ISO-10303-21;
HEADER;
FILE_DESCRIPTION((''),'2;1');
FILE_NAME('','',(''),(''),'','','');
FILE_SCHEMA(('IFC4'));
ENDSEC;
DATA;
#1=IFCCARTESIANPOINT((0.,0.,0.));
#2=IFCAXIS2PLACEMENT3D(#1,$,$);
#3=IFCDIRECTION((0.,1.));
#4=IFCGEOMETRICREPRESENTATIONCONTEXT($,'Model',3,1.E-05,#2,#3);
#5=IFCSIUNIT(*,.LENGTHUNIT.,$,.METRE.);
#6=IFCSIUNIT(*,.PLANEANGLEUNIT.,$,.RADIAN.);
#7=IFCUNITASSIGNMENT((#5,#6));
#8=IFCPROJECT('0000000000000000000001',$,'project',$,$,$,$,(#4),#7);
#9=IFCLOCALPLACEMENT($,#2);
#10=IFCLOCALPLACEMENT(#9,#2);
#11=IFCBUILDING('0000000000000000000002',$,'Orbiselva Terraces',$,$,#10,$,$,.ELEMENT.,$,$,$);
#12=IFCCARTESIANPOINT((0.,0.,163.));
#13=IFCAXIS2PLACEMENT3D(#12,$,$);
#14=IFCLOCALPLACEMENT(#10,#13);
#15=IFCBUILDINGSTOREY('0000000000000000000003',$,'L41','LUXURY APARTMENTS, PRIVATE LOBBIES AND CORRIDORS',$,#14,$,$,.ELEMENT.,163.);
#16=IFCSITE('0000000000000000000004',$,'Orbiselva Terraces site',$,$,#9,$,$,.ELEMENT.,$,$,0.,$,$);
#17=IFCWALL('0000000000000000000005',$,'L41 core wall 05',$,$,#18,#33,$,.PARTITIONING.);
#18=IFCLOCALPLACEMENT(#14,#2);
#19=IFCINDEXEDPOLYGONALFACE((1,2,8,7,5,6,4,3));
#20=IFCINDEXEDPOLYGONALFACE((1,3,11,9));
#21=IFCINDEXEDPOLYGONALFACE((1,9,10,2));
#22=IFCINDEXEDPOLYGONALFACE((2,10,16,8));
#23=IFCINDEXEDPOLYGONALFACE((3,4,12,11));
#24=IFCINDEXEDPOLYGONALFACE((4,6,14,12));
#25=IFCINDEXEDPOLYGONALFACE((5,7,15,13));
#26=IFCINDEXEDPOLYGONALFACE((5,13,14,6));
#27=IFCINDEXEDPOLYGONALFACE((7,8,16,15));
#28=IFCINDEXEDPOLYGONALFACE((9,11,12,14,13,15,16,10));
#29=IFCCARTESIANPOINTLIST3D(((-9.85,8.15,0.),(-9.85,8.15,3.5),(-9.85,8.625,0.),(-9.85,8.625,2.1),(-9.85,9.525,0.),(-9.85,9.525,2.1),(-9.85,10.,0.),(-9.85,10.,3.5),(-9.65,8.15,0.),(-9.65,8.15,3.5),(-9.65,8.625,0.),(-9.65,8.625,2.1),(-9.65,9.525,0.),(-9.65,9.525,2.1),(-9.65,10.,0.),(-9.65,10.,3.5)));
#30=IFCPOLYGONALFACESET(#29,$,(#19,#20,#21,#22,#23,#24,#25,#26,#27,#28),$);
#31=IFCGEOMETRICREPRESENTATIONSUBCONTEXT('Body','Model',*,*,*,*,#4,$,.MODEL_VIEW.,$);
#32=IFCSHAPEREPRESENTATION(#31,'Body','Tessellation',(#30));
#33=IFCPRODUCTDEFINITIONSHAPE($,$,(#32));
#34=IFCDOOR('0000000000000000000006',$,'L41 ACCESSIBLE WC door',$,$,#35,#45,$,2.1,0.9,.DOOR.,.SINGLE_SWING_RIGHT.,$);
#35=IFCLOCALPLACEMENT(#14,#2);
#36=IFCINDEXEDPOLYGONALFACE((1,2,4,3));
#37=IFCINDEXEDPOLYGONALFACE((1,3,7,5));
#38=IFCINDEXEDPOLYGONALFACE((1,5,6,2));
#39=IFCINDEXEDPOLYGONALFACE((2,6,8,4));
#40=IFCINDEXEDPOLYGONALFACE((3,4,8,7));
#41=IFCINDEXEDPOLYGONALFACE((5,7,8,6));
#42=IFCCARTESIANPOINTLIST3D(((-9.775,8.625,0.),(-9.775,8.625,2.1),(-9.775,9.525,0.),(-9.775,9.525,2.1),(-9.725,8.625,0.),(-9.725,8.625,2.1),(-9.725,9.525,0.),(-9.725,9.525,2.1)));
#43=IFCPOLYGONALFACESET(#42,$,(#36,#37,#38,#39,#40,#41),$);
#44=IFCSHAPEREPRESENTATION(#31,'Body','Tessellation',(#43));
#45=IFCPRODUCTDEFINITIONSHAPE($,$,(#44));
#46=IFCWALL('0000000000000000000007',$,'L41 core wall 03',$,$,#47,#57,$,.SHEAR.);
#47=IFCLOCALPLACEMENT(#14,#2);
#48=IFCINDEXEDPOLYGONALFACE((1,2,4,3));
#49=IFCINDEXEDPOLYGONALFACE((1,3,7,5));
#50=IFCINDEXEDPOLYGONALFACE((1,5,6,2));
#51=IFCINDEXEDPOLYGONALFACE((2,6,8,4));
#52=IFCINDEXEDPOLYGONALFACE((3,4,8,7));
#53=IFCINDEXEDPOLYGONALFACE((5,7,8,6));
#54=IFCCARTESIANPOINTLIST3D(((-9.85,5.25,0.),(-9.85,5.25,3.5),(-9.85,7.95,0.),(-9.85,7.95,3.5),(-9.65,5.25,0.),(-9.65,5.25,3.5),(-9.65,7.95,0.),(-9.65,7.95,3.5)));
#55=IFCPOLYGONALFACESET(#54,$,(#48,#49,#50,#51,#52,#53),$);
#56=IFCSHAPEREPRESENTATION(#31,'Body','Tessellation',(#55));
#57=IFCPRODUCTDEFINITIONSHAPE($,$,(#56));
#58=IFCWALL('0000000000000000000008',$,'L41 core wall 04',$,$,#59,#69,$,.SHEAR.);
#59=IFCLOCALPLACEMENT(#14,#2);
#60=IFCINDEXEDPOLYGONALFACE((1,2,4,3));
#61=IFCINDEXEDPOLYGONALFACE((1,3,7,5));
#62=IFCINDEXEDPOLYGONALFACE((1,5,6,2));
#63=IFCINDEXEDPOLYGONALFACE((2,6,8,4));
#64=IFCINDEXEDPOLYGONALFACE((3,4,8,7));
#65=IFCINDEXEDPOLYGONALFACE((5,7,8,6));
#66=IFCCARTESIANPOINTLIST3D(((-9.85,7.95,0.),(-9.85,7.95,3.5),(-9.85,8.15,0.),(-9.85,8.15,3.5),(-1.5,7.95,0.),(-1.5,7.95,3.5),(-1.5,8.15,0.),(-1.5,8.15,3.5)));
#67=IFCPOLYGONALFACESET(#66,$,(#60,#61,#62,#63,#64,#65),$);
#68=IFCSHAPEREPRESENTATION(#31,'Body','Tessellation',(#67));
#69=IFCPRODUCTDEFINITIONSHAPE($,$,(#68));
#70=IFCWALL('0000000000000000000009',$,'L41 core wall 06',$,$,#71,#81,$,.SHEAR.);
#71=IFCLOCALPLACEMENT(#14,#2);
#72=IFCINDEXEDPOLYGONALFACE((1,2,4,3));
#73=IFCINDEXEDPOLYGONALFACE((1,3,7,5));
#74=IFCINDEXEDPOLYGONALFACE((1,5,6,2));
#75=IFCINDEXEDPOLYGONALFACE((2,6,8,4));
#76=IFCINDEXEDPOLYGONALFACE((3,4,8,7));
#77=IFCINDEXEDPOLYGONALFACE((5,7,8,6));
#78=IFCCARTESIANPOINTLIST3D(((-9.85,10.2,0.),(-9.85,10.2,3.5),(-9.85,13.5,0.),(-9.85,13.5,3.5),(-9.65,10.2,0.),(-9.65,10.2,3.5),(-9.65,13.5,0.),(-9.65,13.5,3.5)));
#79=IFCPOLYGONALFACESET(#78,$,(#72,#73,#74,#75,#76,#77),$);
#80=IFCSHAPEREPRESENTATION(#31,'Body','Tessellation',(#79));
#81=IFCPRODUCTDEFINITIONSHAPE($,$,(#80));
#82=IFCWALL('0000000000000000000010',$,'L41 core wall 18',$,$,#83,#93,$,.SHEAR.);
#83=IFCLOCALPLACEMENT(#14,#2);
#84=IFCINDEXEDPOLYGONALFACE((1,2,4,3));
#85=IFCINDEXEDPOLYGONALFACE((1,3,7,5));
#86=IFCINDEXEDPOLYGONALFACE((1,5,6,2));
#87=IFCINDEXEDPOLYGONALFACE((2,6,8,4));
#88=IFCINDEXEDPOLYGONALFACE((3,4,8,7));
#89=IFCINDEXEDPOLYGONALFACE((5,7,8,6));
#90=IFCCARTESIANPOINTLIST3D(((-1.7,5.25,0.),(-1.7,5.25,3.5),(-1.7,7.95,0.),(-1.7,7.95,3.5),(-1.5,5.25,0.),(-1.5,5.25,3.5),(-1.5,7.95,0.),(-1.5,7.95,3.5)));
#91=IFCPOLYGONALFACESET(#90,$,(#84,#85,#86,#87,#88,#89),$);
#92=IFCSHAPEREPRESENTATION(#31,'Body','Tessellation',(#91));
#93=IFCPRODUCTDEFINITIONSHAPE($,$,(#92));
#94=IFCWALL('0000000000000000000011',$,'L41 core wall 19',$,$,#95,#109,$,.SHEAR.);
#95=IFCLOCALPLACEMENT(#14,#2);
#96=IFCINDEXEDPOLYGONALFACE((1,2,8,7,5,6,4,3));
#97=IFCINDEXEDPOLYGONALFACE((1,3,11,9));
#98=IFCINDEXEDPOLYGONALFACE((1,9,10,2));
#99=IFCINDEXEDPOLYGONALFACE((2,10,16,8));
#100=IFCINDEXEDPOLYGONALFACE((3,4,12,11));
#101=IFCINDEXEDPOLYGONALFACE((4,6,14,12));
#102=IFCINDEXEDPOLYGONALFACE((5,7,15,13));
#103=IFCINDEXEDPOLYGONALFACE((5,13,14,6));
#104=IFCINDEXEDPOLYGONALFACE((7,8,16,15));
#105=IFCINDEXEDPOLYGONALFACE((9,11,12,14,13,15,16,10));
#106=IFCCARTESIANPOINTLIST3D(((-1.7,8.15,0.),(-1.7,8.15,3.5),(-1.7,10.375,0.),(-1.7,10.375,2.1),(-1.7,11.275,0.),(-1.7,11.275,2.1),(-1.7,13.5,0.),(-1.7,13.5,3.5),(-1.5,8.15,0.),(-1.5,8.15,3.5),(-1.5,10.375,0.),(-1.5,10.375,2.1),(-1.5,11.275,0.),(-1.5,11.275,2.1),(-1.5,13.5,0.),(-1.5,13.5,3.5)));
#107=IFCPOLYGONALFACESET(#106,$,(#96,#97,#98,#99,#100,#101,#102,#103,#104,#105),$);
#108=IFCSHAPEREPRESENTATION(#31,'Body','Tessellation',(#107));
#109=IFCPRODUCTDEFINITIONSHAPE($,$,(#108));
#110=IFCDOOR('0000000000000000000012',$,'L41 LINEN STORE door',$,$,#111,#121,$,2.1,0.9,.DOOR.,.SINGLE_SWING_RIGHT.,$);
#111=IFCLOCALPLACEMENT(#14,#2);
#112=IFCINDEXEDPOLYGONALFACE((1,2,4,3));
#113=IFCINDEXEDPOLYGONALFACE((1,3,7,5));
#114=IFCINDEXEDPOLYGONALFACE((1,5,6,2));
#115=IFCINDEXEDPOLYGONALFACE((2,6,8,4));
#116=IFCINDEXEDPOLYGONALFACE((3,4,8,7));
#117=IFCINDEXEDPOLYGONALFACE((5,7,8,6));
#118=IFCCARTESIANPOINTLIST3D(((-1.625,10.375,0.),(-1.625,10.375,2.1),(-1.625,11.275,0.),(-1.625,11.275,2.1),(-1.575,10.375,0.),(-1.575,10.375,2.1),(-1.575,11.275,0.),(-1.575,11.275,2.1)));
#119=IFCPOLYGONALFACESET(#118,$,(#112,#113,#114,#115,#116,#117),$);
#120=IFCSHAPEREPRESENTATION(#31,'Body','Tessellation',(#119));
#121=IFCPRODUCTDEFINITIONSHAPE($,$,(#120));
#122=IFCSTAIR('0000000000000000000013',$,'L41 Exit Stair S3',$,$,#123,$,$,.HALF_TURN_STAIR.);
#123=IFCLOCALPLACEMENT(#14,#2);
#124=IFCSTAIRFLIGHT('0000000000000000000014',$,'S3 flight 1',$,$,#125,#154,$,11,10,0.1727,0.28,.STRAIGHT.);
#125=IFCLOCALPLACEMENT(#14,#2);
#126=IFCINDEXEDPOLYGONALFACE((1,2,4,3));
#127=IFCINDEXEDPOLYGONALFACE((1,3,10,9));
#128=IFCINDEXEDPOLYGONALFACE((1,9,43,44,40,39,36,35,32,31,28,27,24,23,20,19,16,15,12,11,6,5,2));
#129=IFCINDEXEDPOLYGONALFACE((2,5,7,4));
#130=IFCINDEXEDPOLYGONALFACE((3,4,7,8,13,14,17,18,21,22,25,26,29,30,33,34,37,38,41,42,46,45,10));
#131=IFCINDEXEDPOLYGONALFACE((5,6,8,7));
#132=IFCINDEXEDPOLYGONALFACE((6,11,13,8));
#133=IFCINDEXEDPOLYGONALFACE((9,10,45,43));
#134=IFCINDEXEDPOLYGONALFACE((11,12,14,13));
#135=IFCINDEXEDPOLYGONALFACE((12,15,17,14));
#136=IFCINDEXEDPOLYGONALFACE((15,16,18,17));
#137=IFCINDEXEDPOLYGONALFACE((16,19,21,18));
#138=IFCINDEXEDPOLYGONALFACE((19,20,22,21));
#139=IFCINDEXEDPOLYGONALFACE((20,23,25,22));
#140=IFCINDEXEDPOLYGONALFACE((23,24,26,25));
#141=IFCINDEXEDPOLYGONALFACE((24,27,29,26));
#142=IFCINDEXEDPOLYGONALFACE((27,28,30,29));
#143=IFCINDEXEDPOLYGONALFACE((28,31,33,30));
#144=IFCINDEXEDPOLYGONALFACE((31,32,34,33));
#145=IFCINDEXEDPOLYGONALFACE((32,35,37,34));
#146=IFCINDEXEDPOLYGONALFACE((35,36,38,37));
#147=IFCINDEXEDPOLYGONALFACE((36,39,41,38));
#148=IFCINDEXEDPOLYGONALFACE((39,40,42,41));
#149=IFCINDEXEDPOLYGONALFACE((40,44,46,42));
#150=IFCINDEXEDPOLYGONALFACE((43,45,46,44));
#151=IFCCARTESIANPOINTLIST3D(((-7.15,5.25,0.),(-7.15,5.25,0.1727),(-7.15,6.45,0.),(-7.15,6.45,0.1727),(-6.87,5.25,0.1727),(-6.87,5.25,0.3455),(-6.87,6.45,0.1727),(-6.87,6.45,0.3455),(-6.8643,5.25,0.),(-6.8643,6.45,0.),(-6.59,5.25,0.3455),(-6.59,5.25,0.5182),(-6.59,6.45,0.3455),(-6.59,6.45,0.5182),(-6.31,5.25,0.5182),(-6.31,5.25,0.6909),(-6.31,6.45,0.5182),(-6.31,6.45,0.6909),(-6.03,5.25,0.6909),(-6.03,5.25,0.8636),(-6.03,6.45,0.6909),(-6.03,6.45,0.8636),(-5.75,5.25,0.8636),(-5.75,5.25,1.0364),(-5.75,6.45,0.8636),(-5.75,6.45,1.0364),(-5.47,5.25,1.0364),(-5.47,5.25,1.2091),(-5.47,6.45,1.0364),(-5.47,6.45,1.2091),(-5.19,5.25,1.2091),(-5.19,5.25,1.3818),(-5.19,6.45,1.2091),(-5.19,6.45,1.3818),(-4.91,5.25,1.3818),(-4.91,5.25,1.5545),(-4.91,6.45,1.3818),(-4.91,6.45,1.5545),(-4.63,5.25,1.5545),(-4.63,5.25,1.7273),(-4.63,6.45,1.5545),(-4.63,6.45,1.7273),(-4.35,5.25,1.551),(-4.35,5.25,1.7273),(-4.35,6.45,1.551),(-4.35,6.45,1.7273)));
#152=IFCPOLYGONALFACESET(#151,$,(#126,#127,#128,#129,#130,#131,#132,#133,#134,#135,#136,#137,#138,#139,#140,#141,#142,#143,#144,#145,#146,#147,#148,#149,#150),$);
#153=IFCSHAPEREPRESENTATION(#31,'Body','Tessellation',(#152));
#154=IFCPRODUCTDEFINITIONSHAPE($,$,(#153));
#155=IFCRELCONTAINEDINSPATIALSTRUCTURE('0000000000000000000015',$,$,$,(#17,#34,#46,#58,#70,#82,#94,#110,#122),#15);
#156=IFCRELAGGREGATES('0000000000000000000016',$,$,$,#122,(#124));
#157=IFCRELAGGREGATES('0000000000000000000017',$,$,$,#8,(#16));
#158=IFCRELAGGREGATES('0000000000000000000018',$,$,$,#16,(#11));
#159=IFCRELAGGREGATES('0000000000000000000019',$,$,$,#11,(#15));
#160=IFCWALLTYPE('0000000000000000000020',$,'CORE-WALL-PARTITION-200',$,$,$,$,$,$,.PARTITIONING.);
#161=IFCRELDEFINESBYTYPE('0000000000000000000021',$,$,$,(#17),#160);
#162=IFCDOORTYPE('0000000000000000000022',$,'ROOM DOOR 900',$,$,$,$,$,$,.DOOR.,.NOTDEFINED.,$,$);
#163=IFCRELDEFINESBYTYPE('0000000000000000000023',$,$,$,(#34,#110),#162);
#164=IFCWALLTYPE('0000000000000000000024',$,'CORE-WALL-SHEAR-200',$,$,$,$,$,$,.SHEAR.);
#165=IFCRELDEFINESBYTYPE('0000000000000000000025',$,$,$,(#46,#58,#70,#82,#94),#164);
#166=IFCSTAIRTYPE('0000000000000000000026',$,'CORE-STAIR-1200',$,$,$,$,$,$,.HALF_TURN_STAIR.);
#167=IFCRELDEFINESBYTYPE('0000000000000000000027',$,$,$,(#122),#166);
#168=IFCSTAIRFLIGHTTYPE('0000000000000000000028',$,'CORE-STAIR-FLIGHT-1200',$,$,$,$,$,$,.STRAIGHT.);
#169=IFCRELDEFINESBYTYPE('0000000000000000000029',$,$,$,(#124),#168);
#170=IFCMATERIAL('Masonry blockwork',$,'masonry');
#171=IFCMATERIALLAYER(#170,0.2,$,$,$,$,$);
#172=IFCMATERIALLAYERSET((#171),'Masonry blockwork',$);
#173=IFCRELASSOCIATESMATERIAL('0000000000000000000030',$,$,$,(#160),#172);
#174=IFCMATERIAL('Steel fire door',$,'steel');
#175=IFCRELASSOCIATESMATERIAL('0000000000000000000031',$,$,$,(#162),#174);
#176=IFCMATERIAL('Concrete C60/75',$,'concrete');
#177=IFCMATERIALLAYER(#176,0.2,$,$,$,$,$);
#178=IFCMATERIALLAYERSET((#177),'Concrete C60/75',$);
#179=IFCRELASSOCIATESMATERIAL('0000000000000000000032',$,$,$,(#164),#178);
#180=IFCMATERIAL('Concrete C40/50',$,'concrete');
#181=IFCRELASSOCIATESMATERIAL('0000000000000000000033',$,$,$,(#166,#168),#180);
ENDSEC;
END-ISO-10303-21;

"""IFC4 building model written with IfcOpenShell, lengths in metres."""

from ifc_helpers import new_model, si_unit, direction, frame, frame_2d, origin, place, context, subcontext, project, spatial, polyline, rectangle, outline, extrude, material, layer, layer_set, type_object, element, fill, aggregate, save


model = new_model("IFC4")

# Units and contexts
model_context = context("Model", 3, precision=1e-05, world=origin(), true_north=direction((0.0, 1.0)))
body_context = subcontext(model_context, "Body", "Model", "MODEL_VIEW")
ifc_project = project(units=[si_unit("LENGTHUNIT", "METRE"), si_unit("PLANEANGLEUNIT", "RADIAN")], contexts=[model_context])

# Site, building, storey
site_placement = place(None, origin())
site = spatial("IfcSite", under=ifc_project, at=site_placement, Name="Orbiselva Terraces site", CompositionType="ELEMENT", RefElevation=0.0)
building_placement = place(site_placement, origin())
building = spatial("IfcBuilding", under=site, at=building_placement, Name="Orbiselva Terraces", CompositionType="ELEMENT")
storey_placement = place(building_placement, frame((0.0, 0.0, 163.0)))
storey = spatial("IfcBuildingStorey", under=building, at=storey_placement, Name="L41", Description="LUXURY APARTMENTS, PRIVATE LOBBIES AND CORRIDORS", CompositionType="ELEMENT", Elevation=163.0)

# Wall, opening, door
ifc_material_1 = material(Name="Masonry blockwork", Category="masonry")
ifc_layer_1 = layer(ifc_material_1, 0.2)
ifc_layer_set_1 = layer_set([ifc_layer_1], Name="Masonry blockwork")
wall_type_1 = type_object("IfcWallType", Name="CORE-WALL-PARTITION-200", PredefinedType="PARTITIONING", material=ifc_layer_set_1)
wall_1_placement = place(storey_placement, frame((-9.75, 8.15, 0.0), z_axis=(0.0, 0.0, 1.0), x_axis=(0.0, 1.0, 0.0)))
wall_1 = element("IfcWall", 1, at=wall_1_placement, inside=storey, type_object=wall_type_1, Name="L41 core wall 05", PredefinedType="PARTITIONING", context=body_context, shape_type="SweptSolid", body=[
    extrude(rectangle(XDim=1.85, YDim=0.2, at=frame_2d((0.925, 0.0))), origin(), (0.0, 0.0, 1.0), 3.5),
])
opening_1_placement = place(wall_1_placement, frame((0.475, 0.0, 0.0)))
opening_1 = element("IfcOpeningElement", 2, at=opening_1_placement, cuts=wall_1, PredefinedType="OPENING", context=body_context, shape_type="SweptSolid", body=[
    extrude(rectangle(XDim=0.9, YDim=2.1, at=frame_2d((0.45, 1.05))), frame((0.0, 0.11, 0.0), z_axis=(0.0, -1.0, 0.0), x_axis=(1.0, 0.0, 0.0)), (0.0, 0.0, 1.0), 0.22),
])
ifc_material_2 = material(Name="Steel fire door", Category="steel")
door_type = type_object("IfcDoorType", Name="ROOM DOOR 900", OperationType="NOTDEFINED", PredefinedType="DOOR", material=ifc_material_2)
door_1_placement = place(opening_1_placement, origin())
door_1 = element("IfcDoor", 3, at=door_1_placement, inside=storey, type_object=door_type, Name="L41 ACCESSIBLE WC door", OperationType="SINGLE_SWING_RIGHT", OverallHeight=2.1, OverallWidth=0.9, PredefinedType="DOOR", context=body_context, shape_type="SweptSolid", body=[
    extrude(rectangle(XDim=0.9, YDim=2.1, at=frame_2d((0.45, 1.05))), frame((0.0, 0.025, 0.0), z_axis=(0.0, -1.0, 0.0), x_axis=(1.0, 0.0, 0.0)), (0.0, 0.0, 1.0), 0.05),
])
fill(opening_1, door_1)

# Walls
ifc_material_3 = material(Name="Concrete C60/75", Category="concrete")
ifc_layer_2 = layer(ifc_material_3, 0.2)
ifc_layer_set_2 = layer_set([ifc_layer_2], Name="Concrete C60/75")
wall_type_2 = type_object("IfcWallType", Name="CORE-WALL-SHEAR-200", PredefinedType="SHEAR", material=ifc_layer_set_2)
wall_2_placement = place(storey_placement, frame((-9.75, 5.25, 0.0), z_axis=(0.0, 0.0, 1.0), x_axis=(0.0, 1.0, 0.0)))
element("IfcWall", 4, at=wall_2_placement, inside=storey, type_object=wall_type_2, Name="L41 core wall 03", PredefinedType="SHEAR", context=body_context, shape_type="SweptSolid", body=[
    extrude(rectangle(XDim=2.7, YDim=0.2, at=frame_2d((1.35, 0.0))), origin(), (0.0, 0.0, 1.0), 3.5),
])
wall_3_placement = place(storey_placement, frame((-9.85, 8.05, 0.0), z_axis=(0.0, 0.0, 1.0), x_axis=(1.0, 0.0, 0.0)))
element("IfcWall", 5, at=wall_3_placement, inside=storey, type_object=wall_type_2, Name="L41 core wall 04", PredefinedType="SHEAR", context=body_context, shape_type="SweptSolid", body=[
    extrude(rectangle(XDim=8.35, YDim=0.2, at=frame_2d((4.175, 0.0))), origin(), (0.0, 0.0, 1.0), 3.5),
])
wall_4_placement = place(storey_placement, frame((-9.75, 10.2, 0.0), z_axis=(0.0, 0.0, 1.0), x_axis=(0.0, 1.0, 0.0)))
element("IfcWall", 6, at=wall_4_placement, inside=storey, type_object=wall_type_2, Name="L41 core wall 06", PredefinedType="SHEAR", context=body_context, shape_type="SweptSolid", body=[
    extrude(rectangle(XDim=3.3, YDim=0.2, at=frame_2d((1.65, 0.0))), origin(), (0.0, 0.0, 1.0), 3.5),
])
wall_5_placement = place(storey_placement, frame((-1.6, 5.25, 0.0), z_axis=(0.0, 0.0, 1.0), x_axis=(0.0, 1.0, 0.0)))
element("IfcWall", 7, at=wall_5_placement, inside=storey, type_object=wall_type_2, Name="L41 core wall 18", PredefinedType="SHEAR", context=body_context, shape_type="SweptSolid", body=[
    extrude(rectangle(XDim=2.7, YDim=0.2, at=frame_2d((1.35, 0.0))), origin(), (0.0, 0.0, 1.0), 3.5),
])

# Wall, opening, door
wall_6_placement = place(storey_placement, frame((-1.6, 8.15, 0.0), z_axis=(0.0, 0.0, 1.0), x_axis=(0.0, 1.0, 0.0)))
wall_6 = element("IfcWall", 8, at=wall_6_placement, inside=storey, type_object=wall_type_2, Name="L41 core wall 19", PredefinedType="SHEAR", context=body_context, shape_type="SweptSolid", body=[
    extrude(rectangle(XDim=5.35, YDim=0.2, at=frame_2d((2.675, 0.0))), origin(), (0.0, 0.0, 1.0), 3.5),
])
opening_2_placement = place(wall_6_placement, frame((2.225, 0.0, 0.0)))
opening_2 = element("IfcOpeningElement", 9, at=opening_2_placement, cuts=wall_6, PredefinedType="OPENING", context=body_context, shape_type="SweptSolid", body=[
    extrude(rectangle(XDim=0.9, YDim=2.1, at=frame_2d((0.45, 1.05))), frame((0.0, 0.11, 0.0), z_axis=(0.0, -1.0, 0.0), x_axis=(1.0, 0.0, 0.0)), (0.0, 0.0, 1.0), 0.22),
])
door_2_placement = place(opening_2_placement, origin())
door_2 = element("IfcDoor", 10, at=door_2_placement, inside=storey, type_object=door_type, Name="L41 LINEN STORE door", OperationType="SINGLE_SWING_RIGHT", OverallHeight=2.1, OverallWidth=0.9, PredefinedType="DOOR", context=body_context, shape_type="SweptSolid", body=[
    extrude(rectangle(XDim=0.9, YDim=2.1, at=frame_2d((0.45, 1.05))), frame((0.0, 0.025, 0.0), z_axis=(0.0, -1.0, 0.0), x_axis=(1.0, 0.0, 0.0)), (0.0, 0.0, 1.0), 0.05),
])
fill(opening_2, door_2)

# Stair, stair flight
ifc_material_4 = material(Name="Concrete C40/50", Category="concrete")
stair_type_1 = type_object("IfcStairType", Name="CORE-STAIR-1200", PredefinedType="HALF_TURN_STAIR", material=ifc_material_4)
stair_1_placement = place(storey_placement, origin())
stair_1 = element("IfcStair", 11, at=stair_1_placement, inside=storey, type_object=stair_type_1, Name="L41 Exit Stair S3", PredefinedType="HALF_TURN_STAIR")
stair_flight_type_1 = type_object("IfcStairFlightType", Name="CORE-STAIR-FLIGHT-1200", PredefinedType="STRAIGHT", material=ifc_material_4)
stair_flight_1_placement = place(storey_placement, frame((-7.15, 5.85, 0.0), z_axis=(0.0, 0.0, 1.0), x_axis=(1.0, 0.0, 0.0)))
stair_flight_1 = element("IfcStairFlight", 12, at=stair_flight_1_placement, type_object=stair_flight_type_1, Name="S3 flight 1", NumberOfRisers=11, NumberOfTreads=10, PredefinedType="STRAIGHT", RiserHeight=0.1727, TreadLength=0.28, context=body_context, shape_type="SweptSolid", body=[
    extrude(outline(polyline([(0.0, 0.0), (0.0, 0.1727), (0.28, 0.1727), (0.28, 0.3455), (0.56, 0.3455), (0.56, 0.5182), (0.84, 0.5182), (0.84, 0.6909), (1.12, 0.6909), (1.12, 0.8636), (1.4, 0.8636), (1.4, 1.0364), (1.68, 1.0364), (1.68, 1.2091), (1.96, 1.2091), (1.96, 1.3818), (2.24, 1.3818), (2.24, 1.5545), (2.52, 1.5545), (2.52, 1.7273), (2.8, 1.7273), (2.8, 1.9), (2.8, 1.551), (0.2857, 0.0), (0.0, 0.0)])), frame((0.0, 0.6, 0.0), z_axis=(0.0, -1.0, 0.0), x_axis=(1.0, 0.0, 0.0)), (0.0, 0.0, 1.0), 1.2),
])
aggregate(stair_1, [stair_flight_1])

save(model, "model.ifc")
